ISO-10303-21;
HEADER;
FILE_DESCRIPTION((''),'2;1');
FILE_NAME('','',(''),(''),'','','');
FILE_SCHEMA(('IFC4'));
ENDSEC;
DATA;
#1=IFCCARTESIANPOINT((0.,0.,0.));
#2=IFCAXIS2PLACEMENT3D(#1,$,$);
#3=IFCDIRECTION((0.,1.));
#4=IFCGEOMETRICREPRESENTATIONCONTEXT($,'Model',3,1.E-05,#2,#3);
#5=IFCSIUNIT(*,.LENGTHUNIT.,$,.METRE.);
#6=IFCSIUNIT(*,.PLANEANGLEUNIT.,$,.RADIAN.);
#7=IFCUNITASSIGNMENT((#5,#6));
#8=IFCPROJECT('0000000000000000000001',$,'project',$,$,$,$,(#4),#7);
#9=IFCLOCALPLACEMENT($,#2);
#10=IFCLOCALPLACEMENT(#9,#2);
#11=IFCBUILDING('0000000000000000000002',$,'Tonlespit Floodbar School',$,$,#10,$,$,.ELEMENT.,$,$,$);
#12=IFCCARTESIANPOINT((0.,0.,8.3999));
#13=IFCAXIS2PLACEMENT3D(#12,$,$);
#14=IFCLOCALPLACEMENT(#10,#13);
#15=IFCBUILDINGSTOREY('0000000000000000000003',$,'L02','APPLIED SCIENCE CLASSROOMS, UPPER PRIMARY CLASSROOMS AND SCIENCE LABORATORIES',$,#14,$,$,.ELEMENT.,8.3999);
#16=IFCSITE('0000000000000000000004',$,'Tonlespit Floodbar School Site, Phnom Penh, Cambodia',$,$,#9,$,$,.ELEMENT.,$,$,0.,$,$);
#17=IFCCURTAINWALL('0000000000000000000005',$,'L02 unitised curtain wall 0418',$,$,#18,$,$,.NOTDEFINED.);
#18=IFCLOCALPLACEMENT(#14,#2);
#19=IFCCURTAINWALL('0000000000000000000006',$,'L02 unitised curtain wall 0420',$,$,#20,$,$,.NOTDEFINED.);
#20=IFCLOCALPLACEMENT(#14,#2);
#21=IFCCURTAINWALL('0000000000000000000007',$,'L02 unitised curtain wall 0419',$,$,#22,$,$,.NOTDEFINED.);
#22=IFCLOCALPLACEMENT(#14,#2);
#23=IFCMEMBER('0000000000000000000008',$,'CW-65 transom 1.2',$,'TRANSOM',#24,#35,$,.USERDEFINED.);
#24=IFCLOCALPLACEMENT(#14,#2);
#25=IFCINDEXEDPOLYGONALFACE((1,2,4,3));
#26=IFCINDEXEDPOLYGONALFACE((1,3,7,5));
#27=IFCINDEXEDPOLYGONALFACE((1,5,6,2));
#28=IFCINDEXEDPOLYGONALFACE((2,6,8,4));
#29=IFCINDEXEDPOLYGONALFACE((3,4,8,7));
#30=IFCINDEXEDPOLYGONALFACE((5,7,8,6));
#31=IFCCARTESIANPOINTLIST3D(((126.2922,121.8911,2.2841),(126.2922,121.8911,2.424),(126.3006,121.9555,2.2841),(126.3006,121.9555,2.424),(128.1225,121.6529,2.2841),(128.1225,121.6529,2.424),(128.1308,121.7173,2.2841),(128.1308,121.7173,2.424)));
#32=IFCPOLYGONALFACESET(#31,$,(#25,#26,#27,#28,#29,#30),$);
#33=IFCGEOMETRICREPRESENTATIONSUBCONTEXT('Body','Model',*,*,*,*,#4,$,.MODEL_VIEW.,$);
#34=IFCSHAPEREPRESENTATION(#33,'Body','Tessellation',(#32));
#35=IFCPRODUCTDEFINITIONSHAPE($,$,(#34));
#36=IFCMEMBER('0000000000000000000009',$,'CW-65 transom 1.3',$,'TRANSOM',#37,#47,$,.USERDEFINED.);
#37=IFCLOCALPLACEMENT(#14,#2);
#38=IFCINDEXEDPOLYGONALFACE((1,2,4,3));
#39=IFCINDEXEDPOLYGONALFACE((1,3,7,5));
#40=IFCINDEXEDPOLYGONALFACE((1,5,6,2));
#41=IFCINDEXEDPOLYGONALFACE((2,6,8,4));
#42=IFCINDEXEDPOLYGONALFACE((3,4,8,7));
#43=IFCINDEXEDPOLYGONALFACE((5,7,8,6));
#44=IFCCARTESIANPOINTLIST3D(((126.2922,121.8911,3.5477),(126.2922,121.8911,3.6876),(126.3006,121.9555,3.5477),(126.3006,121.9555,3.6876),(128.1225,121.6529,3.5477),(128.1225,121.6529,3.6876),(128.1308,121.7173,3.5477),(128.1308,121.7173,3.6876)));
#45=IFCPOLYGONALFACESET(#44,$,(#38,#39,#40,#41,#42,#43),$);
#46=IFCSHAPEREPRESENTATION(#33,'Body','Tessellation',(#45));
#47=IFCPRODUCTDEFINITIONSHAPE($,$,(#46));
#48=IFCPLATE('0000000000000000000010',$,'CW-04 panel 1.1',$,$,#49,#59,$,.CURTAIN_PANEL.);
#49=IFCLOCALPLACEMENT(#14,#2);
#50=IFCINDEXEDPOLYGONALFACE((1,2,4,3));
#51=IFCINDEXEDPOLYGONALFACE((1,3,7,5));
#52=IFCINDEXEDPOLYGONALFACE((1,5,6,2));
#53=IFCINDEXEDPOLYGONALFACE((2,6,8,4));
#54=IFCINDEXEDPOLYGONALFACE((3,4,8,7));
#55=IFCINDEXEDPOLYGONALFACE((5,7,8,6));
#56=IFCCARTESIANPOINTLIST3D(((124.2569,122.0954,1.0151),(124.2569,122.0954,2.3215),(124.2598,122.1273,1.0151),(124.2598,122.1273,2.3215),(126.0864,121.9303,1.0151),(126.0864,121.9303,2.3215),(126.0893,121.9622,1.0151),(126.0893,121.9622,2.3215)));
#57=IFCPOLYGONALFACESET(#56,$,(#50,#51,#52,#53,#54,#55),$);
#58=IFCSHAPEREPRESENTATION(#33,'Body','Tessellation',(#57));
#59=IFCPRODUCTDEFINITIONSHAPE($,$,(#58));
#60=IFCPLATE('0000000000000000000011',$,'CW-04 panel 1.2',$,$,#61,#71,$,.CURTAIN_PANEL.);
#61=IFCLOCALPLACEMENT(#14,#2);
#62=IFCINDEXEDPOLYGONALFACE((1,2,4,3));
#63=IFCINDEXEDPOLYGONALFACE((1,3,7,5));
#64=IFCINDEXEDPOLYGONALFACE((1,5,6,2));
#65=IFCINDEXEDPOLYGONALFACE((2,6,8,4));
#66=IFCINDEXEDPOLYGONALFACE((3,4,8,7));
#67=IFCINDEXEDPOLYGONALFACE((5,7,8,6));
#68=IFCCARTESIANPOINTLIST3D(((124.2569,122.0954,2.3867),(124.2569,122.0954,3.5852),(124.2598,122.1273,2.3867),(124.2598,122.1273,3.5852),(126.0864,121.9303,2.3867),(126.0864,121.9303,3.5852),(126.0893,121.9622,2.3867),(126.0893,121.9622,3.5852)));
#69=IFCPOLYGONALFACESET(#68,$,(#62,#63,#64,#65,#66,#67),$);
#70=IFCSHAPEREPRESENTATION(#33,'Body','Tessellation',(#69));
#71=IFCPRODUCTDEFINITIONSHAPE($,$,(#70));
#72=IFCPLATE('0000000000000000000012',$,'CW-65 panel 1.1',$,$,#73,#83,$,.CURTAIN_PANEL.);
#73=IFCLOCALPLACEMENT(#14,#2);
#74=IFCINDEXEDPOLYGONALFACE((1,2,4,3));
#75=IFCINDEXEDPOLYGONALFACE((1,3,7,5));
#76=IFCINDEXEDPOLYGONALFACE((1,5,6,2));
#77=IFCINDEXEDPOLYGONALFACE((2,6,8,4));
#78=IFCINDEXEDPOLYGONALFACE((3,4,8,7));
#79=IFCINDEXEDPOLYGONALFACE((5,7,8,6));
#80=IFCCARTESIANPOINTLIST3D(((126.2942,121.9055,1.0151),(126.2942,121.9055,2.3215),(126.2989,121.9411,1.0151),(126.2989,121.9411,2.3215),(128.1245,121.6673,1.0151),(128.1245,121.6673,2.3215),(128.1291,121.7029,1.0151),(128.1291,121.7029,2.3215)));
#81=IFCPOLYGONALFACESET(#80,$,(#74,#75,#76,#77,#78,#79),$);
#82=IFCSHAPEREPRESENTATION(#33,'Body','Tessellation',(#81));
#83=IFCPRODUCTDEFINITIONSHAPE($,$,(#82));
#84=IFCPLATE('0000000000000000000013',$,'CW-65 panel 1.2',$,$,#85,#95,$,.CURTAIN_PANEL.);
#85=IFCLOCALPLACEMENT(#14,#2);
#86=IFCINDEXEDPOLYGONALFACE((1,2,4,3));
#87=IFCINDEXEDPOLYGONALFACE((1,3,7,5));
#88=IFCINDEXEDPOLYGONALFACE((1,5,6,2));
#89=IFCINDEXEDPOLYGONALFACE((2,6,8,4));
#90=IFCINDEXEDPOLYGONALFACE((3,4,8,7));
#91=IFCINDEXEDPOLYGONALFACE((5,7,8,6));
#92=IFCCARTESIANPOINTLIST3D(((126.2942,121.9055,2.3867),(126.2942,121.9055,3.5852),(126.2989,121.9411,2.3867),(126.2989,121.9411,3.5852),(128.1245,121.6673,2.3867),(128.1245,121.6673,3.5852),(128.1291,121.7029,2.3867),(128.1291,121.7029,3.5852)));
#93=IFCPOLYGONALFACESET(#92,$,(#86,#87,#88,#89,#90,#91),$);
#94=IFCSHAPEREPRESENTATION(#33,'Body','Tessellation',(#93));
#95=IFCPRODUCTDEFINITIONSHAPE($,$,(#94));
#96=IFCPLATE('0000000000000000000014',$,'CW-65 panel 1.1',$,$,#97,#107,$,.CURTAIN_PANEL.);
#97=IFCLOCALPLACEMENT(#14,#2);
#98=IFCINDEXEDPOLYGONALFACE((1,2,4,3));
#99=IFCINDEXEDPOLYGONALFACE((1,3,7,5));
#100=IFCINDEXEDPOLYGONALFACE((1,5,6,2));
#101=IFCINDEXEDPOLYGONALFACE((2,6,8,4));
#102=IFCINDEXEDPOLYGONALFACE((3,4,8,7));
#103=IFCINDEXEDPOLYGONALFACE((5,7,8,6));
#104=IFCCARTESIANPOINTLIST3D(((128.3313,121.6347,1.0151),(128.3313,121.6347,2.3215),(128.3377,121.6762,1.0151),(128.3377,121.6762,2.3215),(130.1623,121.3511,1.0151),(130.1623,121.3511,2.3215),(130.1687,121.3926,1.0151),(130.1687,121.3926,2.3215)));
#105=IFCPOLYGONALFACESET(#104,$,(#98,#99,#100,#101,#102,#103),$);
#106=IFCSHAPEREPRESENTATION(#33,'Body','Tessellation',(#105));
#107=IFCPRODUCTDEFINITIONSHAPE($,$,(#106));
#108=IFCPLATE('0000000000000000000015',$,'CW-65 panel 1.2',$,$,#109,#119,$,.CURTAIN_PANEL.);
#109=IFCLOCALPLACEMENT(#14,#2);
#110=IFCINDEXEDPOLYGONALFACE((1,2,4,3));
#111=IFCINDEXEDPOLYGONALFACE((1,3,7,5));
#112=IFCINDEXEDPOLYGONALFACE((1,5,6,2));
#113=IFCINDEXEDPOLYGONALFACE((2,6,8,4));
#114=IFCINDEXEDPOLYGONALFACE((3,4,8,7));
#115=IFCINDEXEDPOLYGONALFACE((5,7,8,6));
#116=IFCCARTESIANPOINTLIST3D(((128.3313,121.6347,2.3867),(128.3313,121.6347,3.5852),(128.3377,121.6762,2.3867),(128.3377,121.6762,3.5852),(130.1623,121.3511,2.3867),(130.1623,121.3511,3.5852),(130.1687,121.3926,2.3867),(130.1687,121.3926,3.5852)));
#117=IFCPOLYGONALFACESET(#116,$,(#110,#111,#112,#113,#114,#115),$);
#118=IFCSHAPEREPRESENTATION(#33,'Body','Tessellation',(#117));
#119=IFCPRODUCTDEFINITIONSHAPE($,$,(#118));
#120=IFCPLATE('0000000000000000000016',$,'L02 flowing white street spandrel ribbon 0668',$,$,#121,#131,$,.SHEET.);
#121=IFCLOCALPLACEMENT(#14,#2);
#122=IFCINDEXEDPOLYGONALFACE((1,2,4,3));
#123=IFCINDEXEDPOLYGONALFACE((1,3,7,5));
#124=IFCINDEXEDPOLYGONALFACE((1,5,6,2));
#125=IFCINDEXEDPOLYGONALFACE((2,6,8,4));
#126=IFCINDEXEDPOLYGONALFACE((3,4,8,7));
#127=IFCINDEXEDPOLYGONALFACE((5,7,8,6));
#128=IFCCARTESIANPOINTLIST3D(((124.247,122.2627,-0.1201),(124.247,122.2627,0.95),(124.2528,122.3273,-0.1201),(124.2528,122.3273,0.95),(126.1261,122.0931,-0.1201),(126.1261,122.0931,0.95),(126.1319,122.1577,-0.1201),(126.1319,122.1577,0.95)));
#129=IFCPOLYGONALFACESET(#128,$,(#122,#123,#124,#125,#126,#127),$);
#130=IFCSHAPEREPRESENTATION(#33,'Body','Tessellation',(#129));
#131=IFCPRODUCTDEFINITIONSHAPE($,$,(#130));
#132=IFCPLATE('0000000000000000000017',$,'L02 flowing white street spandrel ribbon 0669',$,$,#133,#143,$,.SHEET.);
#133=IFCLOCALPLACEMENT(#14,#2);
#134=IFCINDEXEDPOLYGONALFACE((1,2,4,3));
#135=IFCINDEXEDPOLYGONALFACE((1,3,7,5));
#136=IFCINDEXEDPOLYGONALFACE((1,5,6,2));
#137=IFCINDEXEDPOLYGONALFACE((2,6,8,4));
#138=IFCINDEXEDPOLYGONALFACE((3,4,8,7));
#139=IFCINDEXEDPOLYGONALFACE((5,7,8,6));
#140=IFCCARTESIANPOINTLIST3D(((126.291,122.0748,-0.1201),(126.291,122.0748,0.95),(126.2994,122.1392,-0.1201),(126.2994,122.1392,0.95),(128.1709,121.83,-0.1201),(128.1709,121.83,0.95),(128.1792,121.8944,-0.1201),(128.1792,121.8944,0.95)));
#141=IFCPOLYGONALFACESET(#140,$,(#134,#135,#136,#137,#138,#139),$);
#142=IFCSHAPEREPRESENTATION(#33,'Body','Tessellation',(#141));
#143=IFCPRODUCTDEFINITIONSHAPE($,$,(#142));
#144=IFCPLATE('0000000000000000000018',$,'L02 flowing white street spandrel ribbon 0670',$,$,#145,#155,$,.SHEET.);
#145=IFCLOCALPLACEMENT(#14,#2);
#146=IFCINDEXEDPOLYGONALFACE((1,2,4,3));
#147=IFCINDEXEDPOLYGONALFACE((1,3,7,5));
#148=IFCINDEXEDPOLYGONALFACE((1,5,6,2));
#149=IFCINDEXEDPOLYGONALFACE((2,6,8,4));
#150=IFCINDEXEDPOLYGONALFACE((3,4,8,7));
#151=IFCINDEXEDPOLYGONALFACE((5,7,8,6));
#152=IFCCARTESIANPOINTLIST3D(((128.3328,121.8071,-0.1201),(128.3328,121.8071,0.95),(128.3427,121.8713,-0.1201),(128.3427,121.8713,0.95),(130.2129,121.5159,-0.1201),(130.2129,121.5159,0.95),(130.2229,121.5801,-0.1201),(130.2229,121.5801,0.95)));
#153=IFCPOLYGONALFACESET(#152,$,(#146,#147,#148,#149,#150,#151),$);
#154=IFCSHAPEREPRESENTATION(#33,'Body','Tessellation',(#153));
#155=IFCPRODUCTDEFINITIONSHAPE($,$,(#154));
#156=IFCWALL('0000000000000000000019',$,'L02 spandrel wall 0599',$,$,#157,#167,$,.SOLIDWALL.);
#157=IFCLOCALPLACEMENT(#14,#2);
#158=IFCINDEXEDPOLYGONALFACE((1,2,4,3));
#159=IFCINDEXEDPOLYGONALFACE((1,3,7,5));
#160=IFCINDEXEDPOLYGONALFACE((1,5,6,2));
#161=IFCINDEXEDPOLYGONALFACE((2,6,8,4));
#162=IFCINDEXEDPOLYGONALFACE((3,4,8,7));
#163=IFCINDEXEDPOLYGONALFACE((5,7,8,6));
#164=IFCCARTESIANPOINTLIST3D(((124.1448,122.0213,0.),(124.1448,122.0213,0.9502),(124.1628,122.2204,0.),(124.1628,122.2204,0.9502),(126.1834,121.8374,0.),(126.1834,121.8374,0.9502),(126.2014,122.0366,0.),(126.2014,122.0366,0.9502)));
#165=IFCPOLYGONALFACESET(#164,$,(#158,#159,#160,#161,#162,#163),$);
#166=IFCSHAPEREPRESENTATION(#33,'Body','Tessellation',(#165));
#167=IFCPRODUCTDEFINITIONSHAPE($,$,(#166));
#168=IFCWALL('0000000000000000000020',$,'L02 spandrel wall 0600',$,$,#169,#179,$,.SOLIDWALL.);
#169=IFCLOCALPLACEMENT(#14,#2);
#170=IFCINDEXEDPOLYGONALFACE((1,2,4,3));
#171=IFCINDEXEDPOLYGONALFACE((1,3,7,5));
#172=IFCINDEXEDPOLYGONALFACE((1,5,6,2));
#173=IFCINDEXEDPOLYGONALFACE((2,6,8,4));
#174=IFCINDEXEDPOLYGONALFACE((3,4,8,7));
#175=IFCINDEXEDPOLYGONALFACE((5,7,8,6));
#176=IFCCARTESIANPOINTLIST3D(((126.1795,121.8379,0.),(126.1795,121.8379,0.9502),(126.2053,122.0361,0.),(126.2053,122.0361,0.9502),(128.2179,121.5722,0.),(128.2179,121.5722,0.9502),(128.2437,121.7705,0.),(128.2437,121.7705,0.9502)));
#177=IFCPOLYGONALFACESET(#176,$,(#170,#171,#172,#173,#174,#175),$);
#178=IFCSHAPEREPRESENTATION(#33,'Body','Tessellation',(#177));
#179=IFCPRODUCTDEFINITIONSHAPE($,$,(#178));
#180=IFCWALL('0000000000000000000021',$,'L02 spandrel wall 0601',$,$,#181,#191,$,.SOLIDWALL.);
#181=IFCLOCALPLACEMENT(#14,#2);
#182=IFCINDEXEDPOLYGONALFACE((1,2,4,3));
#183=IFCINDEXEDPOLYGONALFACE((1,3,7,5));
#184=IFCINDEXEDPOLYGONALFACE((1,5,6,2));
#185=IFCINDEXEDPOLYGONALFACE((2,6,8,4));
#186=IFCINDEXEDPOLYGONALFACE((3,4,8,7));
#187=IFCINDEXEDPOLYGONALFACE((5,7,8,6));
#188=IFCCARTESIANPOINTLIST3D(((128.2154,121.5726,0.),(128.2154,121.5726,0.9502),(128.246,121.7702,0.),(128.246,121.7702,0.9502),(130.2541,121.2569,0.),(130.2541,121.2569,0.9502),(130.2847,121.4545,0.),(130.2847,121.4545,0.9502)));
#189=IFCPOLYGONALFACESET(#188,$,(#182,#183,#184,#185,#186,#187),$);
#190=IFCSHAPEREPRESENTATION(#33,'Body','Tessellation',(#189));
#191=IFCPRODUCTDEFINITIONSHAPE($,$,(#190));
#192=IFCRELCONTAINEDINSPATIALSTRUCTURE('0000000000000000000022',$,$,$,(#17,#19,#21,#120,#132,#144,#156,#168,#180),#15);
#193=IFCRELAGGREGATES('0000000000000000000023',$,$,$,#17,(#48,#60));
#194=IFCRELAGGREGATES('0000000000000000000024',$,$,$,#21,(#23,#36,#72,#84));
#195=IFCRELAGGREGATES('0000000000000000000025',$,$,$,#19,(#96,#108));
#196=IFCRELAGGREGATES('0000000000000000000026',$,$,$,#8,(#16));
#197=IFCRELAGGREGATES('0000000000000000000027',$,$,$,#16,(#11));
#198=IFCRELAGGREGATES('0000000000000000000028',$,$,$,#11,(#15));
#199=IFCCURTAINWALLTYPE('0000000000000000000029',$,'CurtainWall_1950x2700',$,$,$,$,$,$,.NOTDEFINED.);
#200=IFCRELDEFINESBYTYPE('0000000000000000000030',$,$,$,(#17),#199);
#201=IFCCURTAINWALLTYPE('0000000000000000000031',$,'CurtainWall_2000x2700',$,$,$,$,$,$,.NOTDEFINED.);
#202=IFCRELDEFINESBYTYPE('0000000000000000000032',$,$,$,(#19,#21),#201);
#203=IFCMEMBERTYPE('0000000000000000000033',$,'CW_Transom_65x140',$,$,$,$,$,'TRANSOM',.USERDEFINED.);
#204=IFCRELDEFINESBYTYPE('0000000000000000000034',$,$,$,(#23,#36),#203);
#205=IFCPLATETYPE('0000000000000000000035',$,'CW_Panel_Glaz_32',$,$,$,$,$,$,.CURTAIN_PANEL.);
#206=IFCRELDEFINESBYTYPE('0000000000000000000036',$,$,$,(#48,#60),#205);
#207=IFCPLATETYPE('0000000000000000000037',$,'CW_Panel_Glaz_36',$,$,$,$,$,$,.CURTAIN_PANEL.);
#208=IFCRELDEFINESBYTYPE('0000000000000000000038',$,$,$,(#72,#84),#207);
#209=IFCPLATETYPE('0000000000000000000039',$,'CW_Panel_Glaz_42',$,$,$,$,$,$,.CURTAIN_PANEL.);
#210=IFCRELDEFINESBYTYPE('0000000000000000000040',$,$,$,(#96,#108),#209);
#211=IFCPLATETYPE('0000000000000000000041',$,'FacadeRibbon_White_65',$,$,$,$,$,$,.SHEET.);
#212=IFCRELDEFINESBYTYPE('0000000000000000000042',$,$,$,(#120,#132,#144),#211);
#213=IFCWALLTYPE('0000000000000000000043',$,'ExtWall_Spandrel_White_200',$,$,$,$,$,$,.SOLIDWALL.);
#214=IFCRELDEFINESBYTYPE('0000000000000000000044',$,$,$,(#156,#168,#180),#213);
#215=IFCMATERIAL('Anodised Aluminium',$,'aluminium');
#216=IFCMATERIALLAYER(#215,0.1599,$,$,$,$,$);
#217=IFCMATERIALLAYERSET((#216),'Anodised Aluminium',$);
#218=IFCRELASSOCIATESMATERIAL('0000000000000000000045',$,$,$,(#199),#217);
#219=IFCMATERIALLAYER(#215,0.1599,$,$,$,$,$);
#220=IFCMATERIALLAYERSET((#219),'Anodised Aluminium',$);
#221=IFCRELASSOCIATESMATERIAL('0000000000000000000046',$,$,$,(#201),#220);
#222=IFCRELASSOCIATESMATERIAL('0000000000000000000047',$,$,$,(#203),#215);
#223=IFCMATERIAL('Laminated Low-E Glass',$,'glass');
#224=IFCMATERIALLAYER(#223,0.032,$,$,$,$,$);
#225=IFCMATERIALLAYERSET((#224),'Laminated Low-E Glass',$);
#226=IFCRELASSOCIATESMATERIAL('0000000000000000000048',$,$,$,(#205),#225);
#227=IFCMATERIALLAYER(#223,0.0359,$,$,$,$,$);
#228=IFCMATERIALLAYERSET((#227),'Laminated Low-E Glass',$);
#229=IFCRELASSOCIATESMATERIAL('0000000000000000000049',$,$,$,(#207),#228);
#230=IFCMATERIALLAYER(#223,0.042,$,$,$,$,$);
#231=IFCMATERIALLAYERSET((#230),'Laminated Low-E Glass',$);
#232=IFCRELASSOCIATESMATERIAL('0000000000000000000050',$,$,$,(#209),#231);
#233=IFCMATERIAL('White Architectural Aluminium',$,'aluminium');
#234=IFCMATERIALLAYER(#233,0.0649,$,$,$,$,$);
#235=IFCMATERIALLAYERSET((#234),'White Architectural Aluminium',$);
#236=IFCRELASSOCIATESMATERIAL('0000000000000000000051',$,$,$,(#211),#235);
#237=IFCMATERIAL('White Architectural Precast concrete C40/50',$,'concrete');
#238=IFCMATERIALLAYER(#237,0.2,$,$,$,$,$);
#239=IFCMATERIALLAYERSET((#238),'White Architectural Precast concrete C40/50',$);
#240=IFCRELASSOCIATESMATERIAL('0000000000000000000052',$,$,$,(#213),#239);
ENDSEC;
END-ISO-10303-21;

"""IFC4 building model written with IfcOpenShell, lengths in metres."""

from ifc_helpers import new_model, si_unit, direction, frame, frame_2d, origin, origin_2d, place, context, subcontext, project, spatial, rectangle, extrude, material, layer, layer_set, material_profile, profile_set, type_object, element, aggregate, save


model = new_model("IFC4")

# Units and contexts
model_context = context("Model", 3, precision=1e-05, world=origin(), true_north=direction((0.0, 1.0)))
body_context = subcontext(model_context, "Body", "Model", "MODEL_VIEW")
ifc_project = project(units=[si_unit("LENGTHUNIT", "METRE"), si_unit("PLANEANGLEUNIT", "RADIAN")], contexts=[model_context])

# Site, building, storey
site_placement = place(None, origin())
site = spatial("IfcSite", under=ifc_project, at=site_placement, Name="Tonlespit Floodbar School Site, Phnom Penh, Cambodia", CompositionType="ELEMENT", RefElevation=0.0)
building_placement = place(site_placement, origin())
building = spatial("IfcBuilding", under=site, at=building_placement, Name="Tonlespit Floodbar School", CompositionType="ELEMENT")
storey_placement = place(building_placement, frame((0.0, 0.0, 8.3999)))
storey = spatial("IfcBuildingStorey", under=building, at=storey_placement, Name="L02", Description="APPLIED SCIENCE CLASSROOMS, UPPER PRIMARY CLASSROOMS AND SCIENCE LABORATORIES", CompositionType="ELEMENT", Elevation=8.3999)

# Curtain walls
ifc_material_1 = material(Name="Anodised Aluminium", Category="aluminium")
ifc_layer_1 = layer(ifc_material_1, 0.1599)
ifc_layer_set_1 = layer_set([ifc_layer_1], Name="Anodised Aluminium")
curtain_wall_type_1 = type_object("IfcCurtainWallType", Name="CurtainWall_1950x2700", PredefinedType="NOTDEFINED", material=ifc_layer_set_1)
curtain_wall_1_placement = place(storey_placement, origin())
curtain_wall_1 = element("IfcCurtainWall", 1, at=curtain_wall_1_placement, inside=storey, type_object=curtain_wall_type_1, Name="L02 unitised curtain wall 0418", PredefinedType="NOTDEFINED")
ifc_layer_2 = layer(ifc_material_1, 0.1599)
ifc_layer_set_2 = layer_set([ifc_layer_2], Name="Anodised Aluminium")
curtain_wall_type_2 = type_object("IfcCurtainWallType", Name="CurtainWall_2000x2700", PredefinedType="NOTDEFINED", material=ifc_layer_set_2)
curtain_wall_2_placement = place(storey_placement, origin())
curtain_wall_2 = element("IfcCurtainWall", 2, at=curtain_wall_2_placement, inside=storey, type_object=curtain_wall_type_2, Name="L02 unitised curtain wall 0420", PredefinedType="NOTDEFINED")

# Curtain wall
curtain_wall_3_placement = place(storey_placement, origin())
curtain_wall_3 = element("IfcCurtainWall", 3, at=curtain_wall_3_placement, inside=storey, type_object=curtain_wall_type_2, Name="L02 unitised curtain wall 0419", PredefinedType="NOTDEFINED")

# Members
ifc_material_profile_1 = material_profile(ifc_material_1, rectangle(XDim=0.0649, YDim=0.1399, at=origin_2d()), Name="ALU T65x140")
ifc_profile_set_1 = profile_set([ifc_material_profile_1], Name="Anodised Aluminium")
member_type_1 = type_object("IfcMemberType", Name="CW_Transom_65x140", ElementType="TRANSOM", PredefinedType="USERDEFINED", material=ifc_profile_set_1)
member_1_placement = place(storey_placement, frame((126.2964, 121.9233, 2.354), z_axis=(0.991632, -0.129096, 0.0), x_axis=(0.129096, 0.991632, 0.0)))
member_1 = element("IfcMember", 4, at=member_1_placement, type_object=member_type_1, Name="CW-65 transom 1.2", ObjectType="TRANSOM", PredefinedType="USERDEFINED", context=body_context, shape_type="SweptSolid", body=[
    extrude(rectangle(XDim=0.0649, YDim=0.1399, at=origin_2d()), origin(), (0.0, 0.0, 1.0), 1.8457),
])
member_2_placement = place(storey_placement, frame((126.2964, 121.9233, 3.6177), z_axis=(0.991632, -0.129096, 0.0), x_axis=(0.129096, 0.991632, 0.0)))
member_2 = element("IfcMember", 5, at=member_2_placement, type_object=member_type_1, Name="CW-65 transom 1.3", ObjectType="TRANSOM", PredefinedType="USERDEFINED", context=body_context, shape_type="SweptSolid", body=[
    extrude(rectangle(XDim=0.0649, YDim=0.1399, at=origin_2d()), origin(), (0.0, 0.0, 1.0), 1.8457),
])

# Plates
ifc_material_2 = material(Name="Laminated Low-E Glass", Category="glass")
ifc_layer_3 = layer(ifc_material_2, 0.032)
ifc_layer_set_3 = layer_set([ifc_layer_3], Name="Laminated Low-E Glass")
plate_type_1 = type_object("IfcPlateType", Name="CW_Panel_Glaz_32", PredefinedType="CURTAIN_PANEL", material=ifc_layer_set_3)
plate_1_placement = place(storey_placement, frame((125.1731, 122.0288, 1.0151), z_axis=(0.0, 0.0, 1.0), x_axis=(0.995952, -0.089889, 0.0)))
plate_1 = element("IfcPlate", 6, at=plate_1_placement, type_object=plate_type_1, Name="CW-04 panel 1.1", PredefinedType="CURTAIN_PANEL", context=body_context, shape_type="SweptSolid", body=[
    extrude(rectangle(XDim=1.8369, YDim=0.032, at=origin_2d()), origin(), (0.0, 0.0, 1.0), 1.3064),
])
plate_2_placement = place(storey_placement, frame((125.1731, 122.0288, 2.3867), z_axis=(0.0, 0.0, 1.0), x_axis=(0.995952, -0.089889, 0.0)))
plate_2 = element("IfcPlate", 7, at=plate_2_placement, type_object=plate_type_1, Name="CW-04 panel 1.2", PredefinedType="CURTAIN_PANEL", context=body_context, shape_type="SweptSolid", body=[
    extrude(rectangle(XDim=1.8369, YDim=0.032, at=origin_2d()), origin(), (0.0, 0.0, 1.0), 1.1985),
])
aggregate(curtain_wall_1, [plate_1, plate_2])
ifc_layer_4 = layer(ifc_material_2, 0.0359)
ifc_layer_set_4 = layer_set([ifc_layer_4], Name="Laminated Low-E Glass")
plate_type_2 = type_object("IfcPlateType", Name="CW_Panel_Glaz_36", PredefinedType="CURTAIN_PANEL", material=ifc_layer_set_4)
plate_3_placement = place(storey_placement, frame((127.2117, 121.8042, 1.0151), z_axis=(0.0, 0.0, 1.0), x_axis=(0.991635, -0.129073, 0.0)))
plate_3 = element("IfcPlate", 8, at=plate_3_placement, type_object=plate_type_2, Name="CW-65 panel 1.1", PredefinedType="CURTAIN_PANEL", context=body_context, shape_type="SweptSolid", body=[
    extrude(rectangle(XDim=1.8457, YDim=0.0359, at=origin_2d()), origin(), (0.0, 0.0, 1.0), 1.3064),
])
plate_4_placement = place(storey_placement, frame((127.2117, 121.8042, 2.3867), z_axis=(0.0, 0.0, 1.0), x_axis=(0.991635, -0.129073, 0.0)))
plate_4 = element("IfcPlate", 9, at=plate_4_placement, type_object=plate_type_2, Name="CW-65 panel 1.2", PredefinedType="CURTAIN_PANEL", context=body_context, shape_type="SweptSolid", body=[
    extrude(rectangle(XDim=1.8457, YDim=0.0359, at=origin_2d()), origin(), (0.0, 0.0, 1.0), 1.1985),
])
aggregate(curtain_wall_3, [member_1, member_2, plate_3, plate_4])
ifc_layer_5 = layer(ifc_material_2, 0.042)
ifc_layer_set_5 = layer_set([ifc_layer_5], Name="Laminated Low-E Glass")
plate_type_3 = type_object("IfcPlateType", Name="CW_Panel_Glaz_42", PredefinedType="CURTAIN_PANEL", material=ifc_layer_set_5)
plate_5_placement = place(storey_placement, frame((129.25, 121.5137, 1.0151), z_axis=(0.0, 0.0, 1.0), x_axis=(0.988216, -0.153069, 0.0)))
plate_5 = element("IfcPlate", 10, at=plate_5_placement, type_object=plate_type_3, Name="CW-65 panel 1.1", PredefinedType="CURTAIN_PANEL", context=body_context, shape_type="SweptSolid", body=[
    extrude(rectangle(XDim=1.8528, YDim=0.042, at=origin_2d()), origin(), (0.0, 0.0, 1.0), 1.3064),
])
plate_6_placement = place(storey_placement, frame((129.25, 121.5137, 2.3867), z_axis=(0.0, 0.0, 1.0), x_axis=(0.988216, -0.153069, 0.0)))
plate_6 = element("IfcPlate", 11, at=plate_6_placement, type_object=plate_type_3, Name="CW-65 panel 1.2", PredefinedType="CURTAIN_PANEL", context=body_context, shape_type="SweptSolid", body=[
    extrude(rectangle(XDim=1.8528, YDim=0.042, at=origin_2d()), origin(), (0.0, 0.0, 1.0), 1.1985),
])
aggregate(curtain_wall_2, [plate_5, plate_6])

# Plates
ifc_material_3 = material(Name="White Architectural Aluminium", Category="aluminium")
ifc_layer_6 = layer(ifc_material_3, 0.0649)
ifc_layer_set_6 = layer_set([ifc_layer_6], Name="White Architectural Aluminium")
plate_type_4 = type_object("IfcPlateType", Name="FacadeRibbon_White_65", PredefinedType="SHEET", material=ifc_layer_set_6)
plate_7_placement = place(storey_placement, frame((125.1895, 122.2102, -0.1201), z_axis=(0.0, 0.0, 1.0), x_axis=(0.995951, -0.089897, 0.0)))
element("IfcPlate", 12, at=plate_7_placement, inside=storey, type_object=plate_type_4, Name="L02 flowing white street spandrel ribbon 0668", PredefinedType="SHEET", context=body_context, shape_type="SweptSolid", body=[
    extrude(rectangle(XDim=1.8867, YDim=0.0649, at=origin_2d()), origin(), (0.0, 0.0, 1.0), 1.0701),
])
plate_8_placement = place(storey_placement, frame((127.2351, 121.9846, -0.1201), z_axis=(0.0, 0.0, 1.0), x_axis=(0.991631, -0.129104, 0.0)))
element("IfcPlate", 13, at=plate_8_placement, inside=storey, type_object=plate_type_4, Name="L02 flowing white street spandrel ribbon 0669", PredefinedType="SHEET", context=body_context, shape_type="SweptSolid", body=[
    extrude(rectangle(XDim=1.8958, YDim=0.0649, at=origin_2d()), origin(), (0.0, 0.0, 1.0), 1.0701),
])
plate_9_placement = place(storey_placement, frame((129.2778, 121.6936, -0.1201), z_axis=(0.0, 0.0, 1.0), x_axis=(0.988218, -0.153051, 0.0)))
element("IfcPlate", 14, at=plate_9_placement, inside=storey, type_object=plate_type_4, Name="L02 flowing white street spandrel ribbon 0670", PredefinedType="SHEET", context=body_context, shape_type="SweptSolid", body=[
    extrude(rectangle(XDim=1.9026, YDim=0.0649, at=origin_2d()), origin(), (0.0, 0.0, 1.0), 1.0701),
])

# Walls
ifc_material_4 = material(Name="White Architectural Precast concrete C40/50", Category="concrete")
ifc_layer_7 = layer(ifc_material_4, 0.2)
ifc_layer_set_7 = layer_set([ifc_layer_7], Name="White Architectural Precast concrete C40/50")
wall_type = type_object("IfcWallType", Name="ExtWall_Spandrel_White_200", PredefinedType="SOLIDWALL", material=ifc_layer_set_7)
wall_1_placement = place(storey_placement, frame((124.1538, 122.1208, 0.0), z_axis=(0.0, 0.0, 1.0), x_axis=(0.995958, -0.089815, 0.0)))
element("IfcWall", 15, at=wall_1_placement, inside=storey, type_object=wall_type, Name="L02 spandrel wall 0599", PredefinedType="SOLIDWALL", context=body_context, shape_type="SweptSolid", body=[
    extrude(rectangle(XDim=2.0469, YDim=0.2, at=frame_2d((1.0234, 0.0))), origin(), (0.0, 0.0, 1.0), 0.9502),
])
wall_2_placement = place(storey_placement, frame((126.1924, 121.937, 0.0), z_axis=(0.0, 0.0, 1.0), x_axis=(0.991616, -0.129222, 0.0)))
element("IfcWall", 16, at=wall_2_placement, inside=storey, type_object=wall_type, Name="L02 spandrel wall 0600", PredefinedType="SOLIDWALL", context=body_context, shape_type="SweptSolid", body=[
    extrude(rectangle(XDim=2.0557, YDim=0.2, at=frame_2d((1.0278, 0.0))), origin(), (0.0, 0.0, 1.0), 0.9502),
])
wall_3_placement = place(storey_placement, frame((128.2307, 121.6714, 0.0), z_axis=(0.0, 0.0, 1.0), x_axis=(0.988222, -0.153026, 0.0)))
element("IfcWall", 17, at=wall_3_placement, inside=storey, type_object=wall_type, Name="L02 spandrel wall 0601", PredefinedType="SOLIDWALL", context=body_context, shape_type="SweptSolid", body=[
    extrude(rectangle(XDim=2.063, YDim=0.2, at=frame_2d((1.0315, 0.0))), origin(), (0.0, 0.0, 1.0), 0.9502),
])

save(model, "model.ifc")
